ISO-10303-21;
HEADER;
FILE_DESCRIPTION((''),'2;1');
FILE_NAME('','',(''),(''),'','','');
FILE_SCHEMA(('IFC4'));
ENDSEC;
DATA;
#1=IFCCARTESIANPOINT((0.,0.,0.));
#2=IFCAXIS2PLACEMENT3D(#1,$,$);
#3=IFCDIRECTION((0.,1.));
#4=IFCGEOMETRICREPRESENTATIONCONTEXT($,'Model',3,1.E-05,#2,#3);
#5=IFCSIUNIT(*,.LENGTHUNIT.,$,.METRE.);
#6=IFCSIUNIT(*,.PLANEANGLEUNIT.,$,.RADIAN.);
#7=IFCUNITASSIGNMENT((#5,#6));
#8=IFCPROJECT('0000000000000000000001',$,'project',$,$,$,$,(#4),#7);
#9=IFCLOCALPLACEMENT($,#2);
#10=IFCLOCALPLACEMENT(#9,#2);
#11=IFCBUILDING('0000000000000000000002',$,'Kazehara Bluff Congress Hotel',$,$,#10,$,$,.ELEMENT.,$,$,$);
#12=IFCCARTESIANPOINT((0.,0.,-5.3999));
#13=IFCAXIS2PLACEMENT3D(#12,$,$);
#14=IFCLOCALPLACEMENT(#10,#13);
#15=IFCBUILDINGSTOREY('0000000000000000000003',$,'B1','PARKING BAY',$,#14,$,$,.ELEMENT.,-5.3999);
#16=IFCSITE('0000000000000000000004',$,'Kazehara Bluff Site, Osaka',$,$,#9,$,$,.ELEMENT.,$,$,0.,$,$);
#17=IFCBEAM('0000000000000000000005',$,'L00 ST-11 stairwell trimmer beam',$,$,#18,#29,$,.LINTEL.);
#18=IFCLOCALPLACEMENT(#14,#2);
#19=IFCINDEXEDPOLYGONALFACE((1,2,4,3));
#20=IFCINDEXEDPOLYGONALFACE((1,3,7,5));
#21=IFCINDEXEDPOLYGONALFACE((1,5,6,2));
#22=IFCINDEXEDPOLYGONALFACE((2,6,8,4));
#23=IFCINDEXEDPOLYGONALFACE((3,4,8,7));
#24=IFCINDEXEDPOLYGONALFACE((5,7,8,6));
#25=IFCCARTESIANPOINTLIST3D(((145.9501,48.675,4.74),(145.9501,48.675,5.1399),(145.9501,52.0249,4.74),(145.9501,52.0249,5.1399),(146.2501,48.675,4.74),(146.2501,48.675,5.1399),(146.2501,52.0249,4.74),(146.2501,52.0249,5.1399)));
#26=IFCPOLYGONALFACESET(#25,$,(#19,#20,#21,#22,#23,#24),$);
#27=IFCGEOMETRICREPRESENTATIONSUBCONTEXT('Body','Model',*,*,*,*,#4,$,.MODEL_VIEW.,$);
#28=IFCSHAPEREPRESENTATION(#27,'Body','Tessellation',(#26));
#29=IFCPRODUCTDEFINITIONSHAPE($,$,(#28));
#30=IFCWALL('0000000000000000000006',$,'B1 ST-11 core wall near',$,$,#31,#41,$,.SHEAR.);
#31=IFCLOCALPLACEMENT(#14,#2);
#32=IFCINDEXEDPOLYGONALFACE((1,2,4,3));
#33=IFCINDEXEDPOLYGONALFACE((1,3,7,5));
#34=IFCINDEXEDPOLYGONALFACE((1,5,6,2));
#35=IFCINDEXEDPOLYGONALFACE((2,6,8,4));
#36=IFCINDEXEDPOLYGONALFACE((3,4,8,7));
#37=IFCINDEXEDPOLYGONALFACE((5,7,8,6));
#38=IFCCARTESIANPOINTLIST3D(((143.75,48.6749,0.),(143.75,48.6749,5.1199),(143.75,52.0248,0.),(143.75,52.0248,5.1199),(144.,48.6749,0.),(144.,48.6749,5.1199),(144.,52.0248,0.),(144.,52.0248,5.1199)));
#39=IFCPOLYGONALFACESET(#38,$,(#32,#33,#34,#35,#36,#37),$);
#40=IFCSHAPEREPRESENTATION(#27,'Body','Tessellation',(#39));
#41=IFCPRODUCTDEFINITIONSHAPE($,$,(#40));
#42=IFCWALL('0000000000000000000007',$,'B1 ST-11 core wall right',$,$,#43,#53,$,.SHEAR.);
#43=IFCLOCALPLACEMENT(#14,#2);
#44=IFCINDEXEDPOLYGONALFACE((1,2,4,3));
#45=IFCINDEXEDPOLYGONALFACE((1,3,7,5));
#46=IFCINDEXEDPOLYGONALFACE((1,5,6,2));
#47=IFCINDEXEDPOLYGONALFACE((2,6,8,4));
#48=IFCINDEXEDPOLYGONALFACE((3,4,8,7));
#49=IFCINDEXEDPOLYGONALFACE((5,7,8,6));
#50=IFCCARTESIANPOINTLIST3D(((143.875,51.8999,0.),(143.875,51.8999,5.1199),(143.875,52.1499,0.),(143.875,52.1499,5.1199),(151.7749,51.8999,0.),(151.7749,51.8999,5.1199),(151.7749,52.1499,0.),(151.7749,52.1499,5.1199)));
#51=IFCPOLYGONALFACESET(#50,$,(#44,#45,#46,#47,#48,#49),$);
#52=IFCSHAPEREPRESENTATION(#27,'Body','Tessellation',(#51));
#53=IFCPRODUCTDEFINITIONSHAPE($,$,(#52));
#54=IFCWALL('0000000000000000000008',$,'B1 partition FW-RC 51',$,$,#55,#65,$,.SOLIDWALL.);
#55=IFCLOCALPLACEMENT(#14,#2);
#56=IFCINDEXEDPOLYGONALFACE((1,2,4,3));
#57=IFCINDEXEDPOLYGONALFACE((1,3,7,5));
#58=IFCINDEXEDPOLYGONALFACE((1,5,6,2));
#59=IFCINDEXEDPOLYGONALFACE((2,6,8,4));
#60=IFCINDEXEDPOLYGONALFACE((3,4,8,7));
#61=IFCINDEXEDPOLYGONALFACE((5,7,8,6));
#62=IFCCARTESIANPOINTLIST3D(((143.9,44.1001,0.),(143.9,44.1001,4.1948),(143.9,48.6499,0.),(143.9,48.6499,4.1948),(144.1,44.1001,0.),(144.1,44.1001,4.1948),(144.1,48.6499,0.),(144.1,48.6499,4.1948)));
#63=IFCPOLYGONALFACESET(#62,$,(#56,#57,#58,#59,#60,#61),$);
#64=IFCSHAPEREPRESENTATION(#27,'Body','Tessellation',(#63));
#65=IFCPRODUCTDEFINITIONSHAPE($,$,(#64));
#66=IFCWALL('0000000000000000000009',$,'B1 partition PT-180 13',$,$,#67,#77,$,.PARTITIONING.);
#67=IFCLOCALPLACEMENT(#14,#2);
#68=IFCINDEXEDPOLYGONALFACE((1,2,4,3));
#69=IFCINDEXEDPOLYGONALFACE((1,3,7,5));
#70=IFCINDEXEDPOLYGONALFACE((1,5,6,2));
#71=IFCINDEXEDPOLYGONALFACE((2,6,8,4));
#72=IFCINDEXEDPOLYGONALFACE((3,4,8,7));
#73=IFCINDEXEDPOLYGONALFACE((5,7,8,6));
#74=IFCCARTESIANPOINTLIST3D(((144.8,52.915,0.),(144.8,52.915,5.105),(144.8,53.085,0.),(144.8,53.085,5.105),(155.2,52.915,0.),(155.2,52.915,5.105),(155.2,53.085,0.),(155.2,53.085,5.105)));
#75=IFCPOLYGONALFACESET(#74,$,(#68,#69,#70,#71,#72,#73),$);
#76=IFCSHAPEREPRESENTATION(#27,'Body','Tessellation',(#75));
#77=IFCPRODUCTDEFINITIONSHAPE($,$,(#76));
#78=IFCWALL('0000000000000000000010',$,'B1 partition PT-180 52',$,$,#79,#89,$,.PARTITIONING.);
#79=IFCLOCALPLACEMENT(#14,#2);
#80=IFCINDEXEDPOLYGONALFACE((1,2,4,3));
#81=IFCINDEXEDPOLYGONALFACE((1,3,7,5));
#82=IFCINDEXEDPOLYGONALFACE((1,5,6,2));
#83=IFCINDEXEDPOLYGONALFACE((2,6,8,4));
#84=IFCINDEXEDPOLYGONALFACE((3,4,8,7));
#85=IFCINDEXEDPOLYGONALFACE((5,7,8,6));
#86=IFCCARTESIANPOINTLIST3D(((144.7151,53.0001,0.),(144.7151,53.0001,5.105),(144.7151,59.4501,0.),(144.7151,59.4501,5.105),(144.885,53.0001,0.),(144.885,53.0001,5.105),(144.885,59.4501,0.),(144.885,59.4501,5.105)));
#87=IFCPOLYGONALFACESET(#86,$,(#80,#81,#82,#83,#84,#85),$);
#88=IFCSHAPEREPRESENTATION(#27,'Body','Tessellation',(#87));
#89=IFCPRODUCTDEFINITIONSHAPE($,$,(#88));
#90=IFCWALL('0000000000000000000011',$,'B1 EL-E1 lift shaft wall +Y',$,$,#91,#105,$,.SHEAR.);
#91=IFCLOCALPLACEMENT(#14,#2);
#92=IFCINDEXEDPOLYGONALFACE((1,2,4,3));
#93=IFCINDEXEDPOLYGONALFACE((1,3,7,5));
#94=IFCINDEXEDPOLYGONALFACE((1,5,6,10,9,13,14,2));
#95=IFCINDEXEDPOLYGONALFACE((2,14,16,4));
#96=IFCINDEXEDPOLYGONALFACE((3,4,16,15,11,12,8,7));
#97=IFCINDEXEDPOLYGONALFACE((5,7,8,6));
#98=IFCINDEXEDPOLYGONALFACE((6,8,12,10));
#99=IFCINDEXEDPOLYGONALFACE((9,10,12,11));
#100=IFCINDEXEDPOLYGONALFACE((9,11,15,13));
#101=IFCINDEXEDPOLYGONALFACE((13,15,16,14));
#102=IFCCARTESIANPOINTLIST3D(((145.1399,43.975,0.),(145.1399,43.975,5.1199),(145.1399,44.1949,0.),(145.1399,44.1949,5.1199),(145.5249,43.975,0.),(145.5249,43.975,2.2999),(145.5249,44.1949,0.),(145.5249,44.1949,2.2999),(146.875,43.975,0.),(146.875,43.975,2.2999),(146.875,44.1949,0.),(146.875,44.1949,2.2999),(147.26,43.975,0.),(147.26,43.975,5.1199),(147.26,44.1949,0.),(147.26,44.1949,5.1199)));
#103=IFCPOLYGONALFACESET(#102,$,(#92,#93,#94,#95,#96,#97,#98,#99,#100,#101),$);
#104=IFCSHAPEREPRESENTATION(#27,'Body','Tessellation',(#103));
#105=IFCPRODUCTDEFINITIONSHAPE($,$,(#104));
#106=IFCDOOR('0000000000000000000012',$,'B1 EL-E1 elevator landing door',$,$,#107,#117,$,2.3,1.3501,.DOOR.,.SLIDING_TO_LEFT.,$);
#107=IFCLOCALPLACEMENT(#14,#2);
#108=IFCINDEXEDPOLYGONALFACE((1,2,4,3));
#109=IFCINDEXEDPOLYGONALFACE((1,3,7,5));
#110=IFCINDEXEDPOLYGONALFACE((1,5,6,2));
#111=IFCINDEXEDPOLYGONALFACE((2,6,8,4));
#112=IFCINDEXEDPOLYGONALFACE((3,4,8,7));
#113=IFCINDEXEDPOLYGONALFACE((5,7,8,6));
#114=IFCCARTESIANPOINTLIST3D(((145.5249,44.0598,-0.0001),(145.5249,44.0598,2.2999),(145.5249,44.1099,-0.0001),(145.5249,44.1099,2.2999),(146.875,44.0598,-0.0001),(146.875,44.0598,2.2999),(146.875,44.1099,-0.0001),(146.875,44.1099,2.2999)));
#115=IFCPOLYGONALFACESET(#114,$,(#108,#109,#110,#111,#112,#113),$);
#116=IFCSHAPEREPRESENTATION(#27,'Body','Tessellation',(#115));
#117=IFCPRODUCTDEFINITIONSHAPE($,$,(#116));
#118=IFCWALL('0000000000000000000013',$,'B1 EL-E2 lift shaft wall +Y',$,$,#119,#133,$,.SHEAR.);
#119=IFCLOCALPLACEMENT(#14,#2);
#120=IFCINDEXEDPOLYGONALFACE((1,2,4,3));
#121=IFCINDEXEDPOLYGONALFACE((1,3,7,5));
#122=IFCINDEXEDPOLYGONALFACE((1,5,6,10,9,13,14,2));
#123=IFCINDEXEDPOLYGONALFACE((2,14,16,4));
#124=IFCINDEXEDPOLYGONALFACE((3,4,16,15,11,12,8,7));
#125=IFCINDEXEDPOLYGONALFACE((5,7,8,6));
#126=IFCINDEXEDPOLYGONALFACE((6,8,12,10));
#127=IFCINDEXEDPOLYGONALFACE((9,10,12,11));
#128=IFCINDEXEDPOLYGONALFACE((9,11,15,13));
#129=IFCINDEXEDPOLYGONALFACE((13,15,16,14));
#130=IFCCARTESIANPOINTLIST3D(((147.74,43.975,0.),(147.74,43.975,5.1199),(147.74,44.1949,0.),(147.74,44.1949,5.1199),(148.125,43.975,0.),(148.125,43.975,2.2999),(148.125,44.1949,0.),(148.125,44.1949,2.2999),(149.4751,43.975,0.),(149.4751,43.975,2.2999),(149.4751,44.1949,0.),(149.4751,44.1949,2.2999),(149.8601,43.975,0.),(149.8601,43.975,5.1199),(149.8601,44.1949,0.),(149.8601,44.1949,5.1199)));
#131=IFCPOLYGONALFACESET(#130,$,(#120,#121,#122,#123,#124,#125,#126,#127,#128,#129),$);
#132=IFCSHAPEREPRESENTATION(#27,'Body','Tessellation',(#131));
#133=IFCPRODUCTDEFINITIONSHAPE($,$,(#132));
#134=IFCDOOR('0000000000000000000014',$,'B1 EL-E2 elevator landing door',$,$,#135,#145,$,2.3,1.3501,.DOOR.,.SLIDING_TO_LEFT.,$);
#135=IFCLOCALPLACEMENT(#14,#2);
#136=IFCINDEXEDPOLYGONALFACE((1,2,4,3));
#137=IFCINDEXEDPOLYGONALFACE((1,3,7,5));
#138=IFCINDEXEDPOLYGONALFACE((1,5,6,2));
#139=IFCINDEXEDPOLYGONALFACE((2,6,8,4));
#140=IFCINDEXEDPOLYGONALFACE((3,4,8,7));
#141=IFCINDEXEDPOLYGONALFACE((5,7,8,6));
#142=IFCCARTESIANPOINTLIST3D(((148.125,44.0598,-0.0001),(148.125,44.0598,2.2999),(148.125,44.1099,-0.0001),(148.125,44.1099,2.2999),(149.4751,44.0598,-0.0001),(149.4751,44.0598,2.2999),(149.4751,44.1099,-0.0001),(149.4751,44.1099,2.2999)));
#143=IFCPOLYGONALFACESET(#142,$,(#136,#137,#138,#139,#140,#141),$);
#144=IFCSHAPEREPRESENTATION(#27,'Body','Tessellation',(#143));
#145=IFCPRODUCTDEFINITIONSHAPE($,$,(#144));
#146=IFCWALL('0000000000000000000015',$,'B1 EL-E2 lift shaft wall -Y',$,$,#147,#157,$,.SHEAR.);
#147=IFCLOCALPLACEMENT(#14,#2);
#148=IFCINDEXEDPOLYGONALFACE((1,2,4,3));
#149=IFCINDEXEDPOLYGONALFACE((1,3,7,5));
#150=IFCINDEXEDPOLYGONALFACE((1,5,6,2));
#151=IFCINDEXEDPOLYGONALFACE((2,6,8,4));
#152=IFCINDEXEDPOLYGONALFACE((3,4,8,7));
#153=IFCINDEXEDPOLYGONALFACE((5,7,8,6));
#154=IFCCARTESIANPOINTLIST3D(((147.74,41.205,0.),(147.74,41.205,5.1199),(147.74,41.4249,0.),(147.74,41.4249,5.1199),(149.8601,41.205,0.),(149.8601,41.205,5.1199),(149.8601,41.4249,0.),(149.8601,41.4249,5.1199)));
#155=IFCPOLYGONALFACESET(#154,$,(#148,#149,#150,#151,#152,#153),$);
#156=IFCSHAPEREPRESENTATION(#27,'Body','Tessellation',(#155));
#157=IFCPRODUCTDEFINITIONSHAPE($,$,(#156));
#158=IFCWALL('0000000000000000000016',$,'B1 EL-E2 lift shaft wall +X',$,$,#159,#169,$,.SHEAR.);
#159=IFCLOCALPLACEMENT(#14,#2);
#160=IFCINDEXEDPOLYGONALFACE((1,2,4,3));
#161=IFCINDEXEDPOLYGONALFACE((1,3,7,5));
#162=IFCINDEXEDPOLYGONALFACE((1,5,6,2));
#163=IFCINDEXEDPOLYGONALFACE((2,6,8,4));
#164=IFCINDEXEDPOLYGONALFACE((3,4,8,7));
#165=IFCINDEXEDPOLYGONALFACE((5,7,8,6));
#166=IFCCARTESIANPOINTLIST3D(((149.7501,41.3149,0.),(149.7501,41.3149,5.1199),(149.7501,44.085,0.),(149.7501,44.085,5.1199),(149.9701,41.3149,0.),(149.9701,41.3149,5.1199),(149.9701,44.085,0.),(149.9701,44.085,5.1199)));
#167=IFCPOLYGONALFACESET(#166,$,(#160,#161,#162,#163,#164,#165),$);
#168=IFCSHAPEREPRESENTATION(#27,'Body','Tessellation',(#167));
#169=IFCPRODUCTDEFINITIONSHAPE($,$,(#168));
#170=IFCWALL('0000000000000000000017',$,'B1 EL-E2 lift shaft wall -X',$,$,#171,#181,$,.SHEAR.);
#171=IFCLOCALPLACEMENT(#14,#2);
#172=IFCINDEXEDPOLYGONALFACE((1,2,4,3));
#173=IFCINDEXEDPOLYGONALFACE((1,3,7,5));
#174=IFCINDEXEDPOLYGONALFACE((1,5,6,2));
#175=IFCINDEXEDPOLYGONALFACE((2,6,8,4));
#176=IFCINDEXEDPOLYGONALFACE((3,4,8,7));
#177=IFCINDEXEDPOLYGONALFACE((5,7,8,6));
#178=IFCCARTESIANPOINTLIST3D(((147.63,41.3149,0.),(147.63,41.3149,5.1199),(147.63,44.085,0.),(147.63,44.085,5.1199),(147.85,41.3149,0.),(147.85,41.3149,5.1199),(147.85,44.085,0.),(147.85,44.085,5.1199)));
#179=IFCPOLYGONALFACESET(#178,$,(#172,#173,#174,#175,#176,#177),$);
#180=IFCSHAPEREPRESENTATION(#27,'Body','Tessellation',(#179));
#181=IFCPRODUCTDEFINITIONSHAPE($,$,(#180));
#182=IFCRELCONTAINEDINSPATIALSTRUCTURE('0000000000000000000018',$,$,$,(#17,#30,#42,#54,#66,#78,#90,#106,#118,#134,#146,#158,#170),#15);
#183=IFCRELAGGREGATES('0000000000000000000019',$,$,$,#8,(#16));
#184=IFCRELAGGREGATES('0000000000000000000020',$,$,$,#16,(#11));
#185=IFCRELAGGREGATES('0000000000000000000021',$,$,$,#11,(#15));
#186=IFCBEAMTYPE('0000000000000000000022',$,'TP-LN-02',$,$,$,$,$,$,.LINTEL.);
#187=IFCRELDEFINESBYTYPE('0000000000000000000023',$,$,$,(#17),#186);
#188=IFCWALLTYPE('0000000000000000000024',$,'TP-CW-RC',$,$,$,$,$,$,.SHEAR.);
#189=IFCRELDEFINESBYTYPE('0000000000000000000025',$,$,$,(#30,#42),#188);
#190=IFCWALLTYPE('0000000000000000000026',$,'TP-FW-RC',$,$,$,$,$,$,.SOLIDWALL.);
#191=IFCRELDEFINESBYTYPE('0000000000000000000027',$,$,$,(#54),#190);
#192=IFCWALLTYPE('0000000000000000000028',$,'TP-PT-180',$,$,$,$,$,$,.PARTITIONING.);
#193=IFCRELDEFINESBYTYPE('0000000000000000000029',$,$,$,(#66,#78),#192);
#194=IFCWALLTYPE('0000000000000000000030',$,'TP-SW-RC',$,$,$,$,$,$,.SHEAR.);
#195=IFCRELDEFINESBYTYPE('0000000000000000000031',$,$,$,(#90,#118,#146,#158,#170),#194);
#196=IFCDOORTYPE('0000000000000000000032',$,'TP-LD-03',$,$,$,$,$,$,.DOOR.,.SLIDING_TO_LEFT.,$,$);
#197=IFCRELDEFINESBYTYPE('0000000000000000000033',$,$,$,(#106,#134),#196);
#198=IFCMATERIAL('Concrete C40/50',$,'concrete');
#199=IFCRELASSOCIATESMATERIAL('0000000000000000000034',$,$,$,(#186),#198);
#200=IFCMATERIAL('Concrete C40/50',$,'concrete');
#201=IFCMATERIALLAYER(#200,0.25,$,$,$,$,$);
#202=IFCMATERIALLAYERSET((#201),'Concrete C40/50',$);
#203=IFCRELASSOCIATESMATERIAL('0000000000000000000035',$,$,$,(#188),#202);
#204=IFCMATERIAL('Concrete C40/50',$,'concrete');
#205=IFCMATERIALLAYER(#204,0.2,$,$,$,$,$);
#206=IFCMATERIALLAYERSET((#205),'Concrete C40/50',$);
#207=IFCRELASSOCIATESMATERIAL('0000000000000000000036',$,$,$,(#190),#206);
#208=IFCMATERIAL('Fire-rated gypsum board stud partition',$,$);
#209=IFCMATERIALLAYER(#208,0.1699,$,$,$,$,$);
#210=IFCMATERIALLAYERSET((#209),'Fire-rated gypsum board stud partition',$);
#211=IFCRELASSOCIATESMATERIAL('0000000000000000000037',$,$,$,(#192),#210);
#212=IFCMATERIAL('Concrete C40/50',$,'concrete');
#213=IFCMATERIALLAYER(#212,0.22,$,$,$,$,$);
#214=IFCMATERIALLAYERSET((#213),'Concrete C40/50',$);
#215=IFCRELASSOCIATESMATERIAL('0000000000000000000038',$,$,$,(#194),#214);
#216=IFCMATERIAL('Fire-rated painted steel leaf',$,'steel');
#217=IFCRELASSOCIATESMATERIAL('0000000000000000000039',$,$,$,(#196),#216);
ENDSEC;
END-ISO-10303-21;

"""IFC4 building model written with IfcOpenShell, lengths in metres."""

from ifc_helpers import new_model, si_unit, direction, frame, frame_2d, origin, origin_2d, place, context, subcontext, project, spatial, rectangle, extrude, material, layer, layer_set, material_profile, profile_set, type_object, element, fill, save


model = new_model("IFC4")

# Units and contexts
model_context = context("Model", 3, precision=1e-05, world=origin(), true_north=direction((0.0, 1.0)))
body_context = subcontext(model_context, "Body", "Model", "MODEL_VIEW")
ifc_project = project(units=[si_unit("LENGTHUNIT", "METRE"), si_unit("PLANEANGLEUNIT", "RADIAN")], contexts=[model_context])

# Site, building, storey
site_placement = place(None, origin())
site = spatial("IfcSite", under=ifc_project, at=site_placement, Name="Kazehara Bluff Site, Osaka", CompositionType="ELEMENT", RefElevation=0.0)
building_placement = place(site_placement, origin())
building = spatial("IfcBuilding", under=site, at=building_placement, Name="Kazehara Bluff Congress Hotel", CompositionType="ELEMENT")
storey_placement = place(building_placement, frame((0.0, 0.0, -5.3999)))
storey = spatial("IfcBuildingStorey", under=building, at=storey_placement, Name="B1", Description="PARKING BAY", CompositionType="ELEMENT", Elevation=-5.3999)

# Beam
ifc_material_1 = material(Name="Concrete C40/50", Category="concrete")
ifc_material_profile_1 = material_profile(ifc_material_1, rectangle(XDim=0.3, YDim=0.3999, at=origin_2d()))
ifc_profile_set_1 = profile_set([ifc_material_profile_1], Name="Concrete C40/50")
beam_type_1 = type_object("IfcBeamType", Name="TP-LN-02", PredefinedType="LINTEL", material=ifc_profile_set_1)
for number, where, z_axis, x_axis, name in (
    (1, (146.1001, 48.675, 4.9399), (0.0, 1.0, 0.0), (-1.0, 0.0, 0.0), "L00 ST-11 stairwell trimmer beam"),
):
    element("IfcBeam", number, at=place(storey_placement, frame(where, z_axis=z_axis, x_axis=x_axis)), inside=storey, type_object=beam_type_1, Name=name, PredefinedType="LINTEL", context=body_context, shape_type="SweptSolid", body=[
        extrude(rectangle(XDim=0.3, YDim=0.3999, at=origin_2d()), origin(), (0.0, 0.0, 1.0), 3.3499),
    ])

# Walls
ifc_material_2 = material(Name="Concrete C40/50", Category="concrete")
ifc_layer_1 = layer(ifc_material_2, 0.25)
ifc_layer_set_1 = layer_set([ifc_layer_1], Name="Concrete C40/50")
wall_type_1 = type_object("IfcWallType", Name="TP-CW-RC", PredefinedType="SHEAR", material=ifc_layer_set_1)
wall_1_placement = place(storey_placement, frame((143.875, 48.675, 0.0), z_axis=(0.0, 0.0, 1.0), x_axis=(0.0, 1.0, 0.0)))
element("IfcWall", 2, at=wall_1_placement, inside=storey, type_object=wall_type_1, Name="B1 ST-11 core wall near", PredefinedType="SHEAR", context=body_context, shape_type="SweptSolid", body=[
    extrude(rectangle(XDim=3.3499, YDim=0.25, at=frame_2d((1.6748, 0.0))), origin(), (0.0, 0.0, 1.0), 5.1199),
])
wall_2_placement = place(storey_placement, frame((143.875, 52.0249, 0.0), z_axis=(0.0, 0.0, 1.0), x_axis=(1.0, 0.0, 0.0)))
element("IfcWall", 3, at=wall_2_placement, inside=storey, type_object=wall_type_1, Name="B1 ST-11 core wall right", PredefinedType="SHEAR", context=body_context, shape_type="SweptSolid", body=[
    extrude(rectangle(XDim=7.8999, YDim=0.25, at=frame_2d((3.95, 0.0))), origin(), (0.0, 0.0, 1.0), 5.1199),
])
ifc_material_3 = material(Name="Concrete C40/50", Category="concrete")
ifc_layer_2 = layer(ifc_material_3, 0.2)
ifc_layer_set_2 = layer_set([ifc_layer_2], Name="Concrete C40/50")
wall_type_2 = type_object("IfcWallType", Name="TP-FW-RC", PredefinedType="SOLIDWALL", material=ifc_layer_set_2)
wall_3_placement = place(storey_placement, frame((144.0, 44.1001, 0.0), z_axis=(0.0, 0.0, 1.0), x_axis=(0.0, 1.0, 0.0)))
element("IfcWall", 4, at=wall_3_placement, inside=storey, type_object=wall_type_2, Name="B1 partition FW-RC 51", PredefinedType="SOLIDWALL", context=body_context, shape_type="SweptSolid", body=[
    extrude(rectangle(XDim=4.5498, YDim=0.2, at=frame_2d((2.2749, 0.0))), origin(), (0.0, 0.0, 1.0), 4.1948),
])
ifc_material_4 = material(Name="Fire-rated gypsum board stud partition")
ifc_layer_3 = layer(ifc_material_4, 0.1699)
ifc_layer_set_3 = layer_set([ifc_layer_3], Name="Fire-rated gypsum board stud partition")
wall_type_3 = type_object("IfcWallType", Name="TP-PT-180", PredefinedType="PARTITIONING", material=ifc_layer_set_3)
wall_4_placement = place(storey_placement, frame((144.8, 53.0, 0.0), z_axis=(0.0, 0.0, 1.0), x_axis=(1.0, 0.0, 0.0)))
element("IfcWall", 5, at=wall_4_placement, inside=storey, type_object=wall_type_3, Name="B1 partition PT-180 13", PredefinedType="PARTITIONING", context=body_context, shape_type="SweptSolid", body=[
    extrude(rectangle(XDim=10.3999, YDim=0.1699, at=frame_2d((5.2, 0.0))), origin(), (0.0, 0.0, 1.0), 5.105),
])
wall_5_placement = place(storey_placement, frame((144.8, 53.0, 0.0), z_axis=(0.0, 0.0, 1.0), x_axis=(0.0, 1.0, 0.0)))
element("IfcWall", 6, at=wall_5_placement, inside=storey, type_object=wall_type_3, Name="B1 partition PT-180 52", PredefinedType="PARTITIONING", context=body_context, shape_type="SweptSolid", body=[
    extrude(rectangle(XDim=6.45, YDim=0.1699, at=frame_2d((3.2251, 0.0))), origin(), (0.0, 0.0, 1.0), 5.105),
])

# Walls, openings, doors
ifc_material_5 = material(Name="Concrete C40/50", Category="concrete")
ifc_layer_4 = layer(ifc_material_5, 0.22)
ifc_layer_set_4 = layer_set([ifc_layer_4], Name="Concrete C40/50")
wall_type_4 = type_object("IfcWallType", Name="TP-SW-RC", PredefinedType="SHEAR", material=ifc_layer_set_4)
wall_6_placement = place(storey_placement, frame((145.1399, 44.085, 0.0), z_axis=(0.0, 0.0, 1.0), x_axis=(1.0, 0.0, 0.0)))
wall_6 = element("IfcWall", 7, at=wall_6_placement, inside=storey, type_object=wall_type_4, Name="B1 EL-E1 lift shaft wall +Y", PredefinedType="SHEAR", context=body_context, shape_type="SweptSolid", body=[
    extrude(rectangle(XDim=2.1201, YDim=0.22, at=frame_2d((1.0601, 0.0))), origin(), (0.0, 0.0, 1.0), 5.1199),
])
opening_1_placement = place(wall_6_placement, frame((0.385, 0.0, 0.0)))
opening_1 = element("IfcOpeningElement", 8, at=opening_1_placement, cuts=wall_6, PredefinedType="OPENING", context=body_context, shape_type="SweptSolid", body=[
    extrude(rectangle(XDim=1.3501, YDim=2.3, at=frame_2d((0.675, 1.1499))), frame((0.0, 0.1199, 0.0), z_axis=(0.0, -1.0, 0.0), x_axis=(1.0, 0.0, 0.0)), (0.0, 0.0, 1.0), 0.24),
])
ifc_material_6 = material(Name="Fire-rated painted steel leaf", Category="steel")
door_type = type_object("IfcDoorType", Name="TP-LD-03", OperationType="SLIDING_TO_LEFT", PredefinedType="DOOR", material=ifc_material_6)
door_1_placement = place(opening_1_placement, origin())
door_1 = element("IfcDoor", 9, at=door_1_placement, inside=storey, type_object=door_type, Name="B1 EL-E1 elevator landing door", OperationType="SLIDING_TO_LEFT", OverallHeight=2.3, OverallWidth=1.3501, PredefinedType="DOOR", context=body_context, shape_type="SweptSolid", body=[
    extrude(rectangle(XDim=1.3501, YDim=2.3, at=frame_2d((0.675, 1.1499))), frame((0.0, 0.0249, 0.0), z_axis=(0.0, -1.0, 0.0), x_axis=(1.0, 0.0, 0.0)), (0.0, 0.0, 1.0), 0.05),
])
fill(opening_1, door_1)
wall_7_placement = place(storey_placement, frame((147.74, 44.085, 0.0), z_axis=(0.0, 0.0, 1.0), x_axis=(1.0, 0.0, 0.0)))
wall_7 = element("IfcWall", 10, at=wall_7_placement, inside=storey, type_object=wall_type_4, Name="B1 EL-E2 lift shaft wall +Y", PredefinedType="SHEAR", context=body_context, shape_type="SweptSolid", body=[
    extrude(rectangle(XDim=2.1201, YDim=0.22, at=frame_2d((1.0601, 0.0))), origin(), (0.0, 0.0, 1.0), 5.1199),
])
opening_2_placement = place(wall_7_placement, frame((0.385, 0.0, 0.0)))
opening_2 = element("IfcOpeningElement", 11, at=opening_2_placement, cuts=wall_7, PredefinedType="OPENING", context=body_context, shape_type="SweptSolid", body=[
    extrude(rectangle(XDim=1.3501, YDim=2.3, at=frame_2d((0.675, 1.1499))), frame((0.0, 0.1199, 0.0), z_axis=(0.0, -1.0, 0.0), x_axis=(1.0, 0.0, 0.0)), (0.0, 0.0, 1.0), 0.24),
])
door_2_placement = place(opening_2_placement, origin())
door_2 = element("IfcDoor", 12, at=door_2_placement, inside=storey, type_object=door_type, Name="B1 EL-E2 elevator landing door", OperationType="SLIDING_TO_LEFT", OverallHeight=2.3, OverallWidth=1.3501, PredefinedType="DOOR", context=body_context, shape_type="SweptSolid", body=[
    extrude(rectangle(XDim=1.3501, YDim=2.3, at=frame_2d((0.675, 1.1499))), frame((0.0, 0.0249, 0.0), z_axis=(0.0, -1.0, 0.0), x_axis=(1.0, 0.0, 0.0)), (0.0, 0.0, 1.0), 0.05),
])
fill(opening_2, door_2)

# Walls
wall_8_placement = place(storey_placement, frame((147.74, 41.3149, 0.0), z_axis=(0.0, 0.0, 1.0), x_axis=(1.0, 0.0, 0.0)))
element("IfcWall", 13, at=wall_8_placement, inside=storey, type_object=wall_type_4, Name="B1 EL-E2 lift shaft wall -Y", PredefinedType="SHEAR", context=body_context, shape_type="SweptSolid", body=[
    extrude(rectangle(XDim=2.1201, YDim=0.22, at=frame_2d((1.0601, 0.0))), origin(), (0.0, 0.0, 1.0), 5.1199),
])
for number, where, z_axis, x_axis, name in (
    (14, (149.8601, 41.3149, 0.0), (0.0, 0.0, 1.0), (0.0, 1.0, 0.0), "B1 EL-E2 lift shaft wall +X"),
    (15, (147.74, 41.3149, 0.0), (0.0, 0.0, 1.0), (0.0, 1.0, 0.0), "B1 EL-E2 lift shaft wall -X"),
):
    element("IfcWall", number, at=place(storey_placement, frame(where, z_axis=z_axis, x_axis=x_axis)), inside=storey, type_object=wall_type_4, Name=name, PredefinedType="SHEAR", context=body_context, shape_type="SweptSolid", body=[
        extrude(rectangle(XDim=2.77, YDim=0.22, at=frame_2d((1.385, 0.0))), origin(), (0.0, 0.0, 1.0), 5.1199),
    ])

save(model, "model.ifc")
